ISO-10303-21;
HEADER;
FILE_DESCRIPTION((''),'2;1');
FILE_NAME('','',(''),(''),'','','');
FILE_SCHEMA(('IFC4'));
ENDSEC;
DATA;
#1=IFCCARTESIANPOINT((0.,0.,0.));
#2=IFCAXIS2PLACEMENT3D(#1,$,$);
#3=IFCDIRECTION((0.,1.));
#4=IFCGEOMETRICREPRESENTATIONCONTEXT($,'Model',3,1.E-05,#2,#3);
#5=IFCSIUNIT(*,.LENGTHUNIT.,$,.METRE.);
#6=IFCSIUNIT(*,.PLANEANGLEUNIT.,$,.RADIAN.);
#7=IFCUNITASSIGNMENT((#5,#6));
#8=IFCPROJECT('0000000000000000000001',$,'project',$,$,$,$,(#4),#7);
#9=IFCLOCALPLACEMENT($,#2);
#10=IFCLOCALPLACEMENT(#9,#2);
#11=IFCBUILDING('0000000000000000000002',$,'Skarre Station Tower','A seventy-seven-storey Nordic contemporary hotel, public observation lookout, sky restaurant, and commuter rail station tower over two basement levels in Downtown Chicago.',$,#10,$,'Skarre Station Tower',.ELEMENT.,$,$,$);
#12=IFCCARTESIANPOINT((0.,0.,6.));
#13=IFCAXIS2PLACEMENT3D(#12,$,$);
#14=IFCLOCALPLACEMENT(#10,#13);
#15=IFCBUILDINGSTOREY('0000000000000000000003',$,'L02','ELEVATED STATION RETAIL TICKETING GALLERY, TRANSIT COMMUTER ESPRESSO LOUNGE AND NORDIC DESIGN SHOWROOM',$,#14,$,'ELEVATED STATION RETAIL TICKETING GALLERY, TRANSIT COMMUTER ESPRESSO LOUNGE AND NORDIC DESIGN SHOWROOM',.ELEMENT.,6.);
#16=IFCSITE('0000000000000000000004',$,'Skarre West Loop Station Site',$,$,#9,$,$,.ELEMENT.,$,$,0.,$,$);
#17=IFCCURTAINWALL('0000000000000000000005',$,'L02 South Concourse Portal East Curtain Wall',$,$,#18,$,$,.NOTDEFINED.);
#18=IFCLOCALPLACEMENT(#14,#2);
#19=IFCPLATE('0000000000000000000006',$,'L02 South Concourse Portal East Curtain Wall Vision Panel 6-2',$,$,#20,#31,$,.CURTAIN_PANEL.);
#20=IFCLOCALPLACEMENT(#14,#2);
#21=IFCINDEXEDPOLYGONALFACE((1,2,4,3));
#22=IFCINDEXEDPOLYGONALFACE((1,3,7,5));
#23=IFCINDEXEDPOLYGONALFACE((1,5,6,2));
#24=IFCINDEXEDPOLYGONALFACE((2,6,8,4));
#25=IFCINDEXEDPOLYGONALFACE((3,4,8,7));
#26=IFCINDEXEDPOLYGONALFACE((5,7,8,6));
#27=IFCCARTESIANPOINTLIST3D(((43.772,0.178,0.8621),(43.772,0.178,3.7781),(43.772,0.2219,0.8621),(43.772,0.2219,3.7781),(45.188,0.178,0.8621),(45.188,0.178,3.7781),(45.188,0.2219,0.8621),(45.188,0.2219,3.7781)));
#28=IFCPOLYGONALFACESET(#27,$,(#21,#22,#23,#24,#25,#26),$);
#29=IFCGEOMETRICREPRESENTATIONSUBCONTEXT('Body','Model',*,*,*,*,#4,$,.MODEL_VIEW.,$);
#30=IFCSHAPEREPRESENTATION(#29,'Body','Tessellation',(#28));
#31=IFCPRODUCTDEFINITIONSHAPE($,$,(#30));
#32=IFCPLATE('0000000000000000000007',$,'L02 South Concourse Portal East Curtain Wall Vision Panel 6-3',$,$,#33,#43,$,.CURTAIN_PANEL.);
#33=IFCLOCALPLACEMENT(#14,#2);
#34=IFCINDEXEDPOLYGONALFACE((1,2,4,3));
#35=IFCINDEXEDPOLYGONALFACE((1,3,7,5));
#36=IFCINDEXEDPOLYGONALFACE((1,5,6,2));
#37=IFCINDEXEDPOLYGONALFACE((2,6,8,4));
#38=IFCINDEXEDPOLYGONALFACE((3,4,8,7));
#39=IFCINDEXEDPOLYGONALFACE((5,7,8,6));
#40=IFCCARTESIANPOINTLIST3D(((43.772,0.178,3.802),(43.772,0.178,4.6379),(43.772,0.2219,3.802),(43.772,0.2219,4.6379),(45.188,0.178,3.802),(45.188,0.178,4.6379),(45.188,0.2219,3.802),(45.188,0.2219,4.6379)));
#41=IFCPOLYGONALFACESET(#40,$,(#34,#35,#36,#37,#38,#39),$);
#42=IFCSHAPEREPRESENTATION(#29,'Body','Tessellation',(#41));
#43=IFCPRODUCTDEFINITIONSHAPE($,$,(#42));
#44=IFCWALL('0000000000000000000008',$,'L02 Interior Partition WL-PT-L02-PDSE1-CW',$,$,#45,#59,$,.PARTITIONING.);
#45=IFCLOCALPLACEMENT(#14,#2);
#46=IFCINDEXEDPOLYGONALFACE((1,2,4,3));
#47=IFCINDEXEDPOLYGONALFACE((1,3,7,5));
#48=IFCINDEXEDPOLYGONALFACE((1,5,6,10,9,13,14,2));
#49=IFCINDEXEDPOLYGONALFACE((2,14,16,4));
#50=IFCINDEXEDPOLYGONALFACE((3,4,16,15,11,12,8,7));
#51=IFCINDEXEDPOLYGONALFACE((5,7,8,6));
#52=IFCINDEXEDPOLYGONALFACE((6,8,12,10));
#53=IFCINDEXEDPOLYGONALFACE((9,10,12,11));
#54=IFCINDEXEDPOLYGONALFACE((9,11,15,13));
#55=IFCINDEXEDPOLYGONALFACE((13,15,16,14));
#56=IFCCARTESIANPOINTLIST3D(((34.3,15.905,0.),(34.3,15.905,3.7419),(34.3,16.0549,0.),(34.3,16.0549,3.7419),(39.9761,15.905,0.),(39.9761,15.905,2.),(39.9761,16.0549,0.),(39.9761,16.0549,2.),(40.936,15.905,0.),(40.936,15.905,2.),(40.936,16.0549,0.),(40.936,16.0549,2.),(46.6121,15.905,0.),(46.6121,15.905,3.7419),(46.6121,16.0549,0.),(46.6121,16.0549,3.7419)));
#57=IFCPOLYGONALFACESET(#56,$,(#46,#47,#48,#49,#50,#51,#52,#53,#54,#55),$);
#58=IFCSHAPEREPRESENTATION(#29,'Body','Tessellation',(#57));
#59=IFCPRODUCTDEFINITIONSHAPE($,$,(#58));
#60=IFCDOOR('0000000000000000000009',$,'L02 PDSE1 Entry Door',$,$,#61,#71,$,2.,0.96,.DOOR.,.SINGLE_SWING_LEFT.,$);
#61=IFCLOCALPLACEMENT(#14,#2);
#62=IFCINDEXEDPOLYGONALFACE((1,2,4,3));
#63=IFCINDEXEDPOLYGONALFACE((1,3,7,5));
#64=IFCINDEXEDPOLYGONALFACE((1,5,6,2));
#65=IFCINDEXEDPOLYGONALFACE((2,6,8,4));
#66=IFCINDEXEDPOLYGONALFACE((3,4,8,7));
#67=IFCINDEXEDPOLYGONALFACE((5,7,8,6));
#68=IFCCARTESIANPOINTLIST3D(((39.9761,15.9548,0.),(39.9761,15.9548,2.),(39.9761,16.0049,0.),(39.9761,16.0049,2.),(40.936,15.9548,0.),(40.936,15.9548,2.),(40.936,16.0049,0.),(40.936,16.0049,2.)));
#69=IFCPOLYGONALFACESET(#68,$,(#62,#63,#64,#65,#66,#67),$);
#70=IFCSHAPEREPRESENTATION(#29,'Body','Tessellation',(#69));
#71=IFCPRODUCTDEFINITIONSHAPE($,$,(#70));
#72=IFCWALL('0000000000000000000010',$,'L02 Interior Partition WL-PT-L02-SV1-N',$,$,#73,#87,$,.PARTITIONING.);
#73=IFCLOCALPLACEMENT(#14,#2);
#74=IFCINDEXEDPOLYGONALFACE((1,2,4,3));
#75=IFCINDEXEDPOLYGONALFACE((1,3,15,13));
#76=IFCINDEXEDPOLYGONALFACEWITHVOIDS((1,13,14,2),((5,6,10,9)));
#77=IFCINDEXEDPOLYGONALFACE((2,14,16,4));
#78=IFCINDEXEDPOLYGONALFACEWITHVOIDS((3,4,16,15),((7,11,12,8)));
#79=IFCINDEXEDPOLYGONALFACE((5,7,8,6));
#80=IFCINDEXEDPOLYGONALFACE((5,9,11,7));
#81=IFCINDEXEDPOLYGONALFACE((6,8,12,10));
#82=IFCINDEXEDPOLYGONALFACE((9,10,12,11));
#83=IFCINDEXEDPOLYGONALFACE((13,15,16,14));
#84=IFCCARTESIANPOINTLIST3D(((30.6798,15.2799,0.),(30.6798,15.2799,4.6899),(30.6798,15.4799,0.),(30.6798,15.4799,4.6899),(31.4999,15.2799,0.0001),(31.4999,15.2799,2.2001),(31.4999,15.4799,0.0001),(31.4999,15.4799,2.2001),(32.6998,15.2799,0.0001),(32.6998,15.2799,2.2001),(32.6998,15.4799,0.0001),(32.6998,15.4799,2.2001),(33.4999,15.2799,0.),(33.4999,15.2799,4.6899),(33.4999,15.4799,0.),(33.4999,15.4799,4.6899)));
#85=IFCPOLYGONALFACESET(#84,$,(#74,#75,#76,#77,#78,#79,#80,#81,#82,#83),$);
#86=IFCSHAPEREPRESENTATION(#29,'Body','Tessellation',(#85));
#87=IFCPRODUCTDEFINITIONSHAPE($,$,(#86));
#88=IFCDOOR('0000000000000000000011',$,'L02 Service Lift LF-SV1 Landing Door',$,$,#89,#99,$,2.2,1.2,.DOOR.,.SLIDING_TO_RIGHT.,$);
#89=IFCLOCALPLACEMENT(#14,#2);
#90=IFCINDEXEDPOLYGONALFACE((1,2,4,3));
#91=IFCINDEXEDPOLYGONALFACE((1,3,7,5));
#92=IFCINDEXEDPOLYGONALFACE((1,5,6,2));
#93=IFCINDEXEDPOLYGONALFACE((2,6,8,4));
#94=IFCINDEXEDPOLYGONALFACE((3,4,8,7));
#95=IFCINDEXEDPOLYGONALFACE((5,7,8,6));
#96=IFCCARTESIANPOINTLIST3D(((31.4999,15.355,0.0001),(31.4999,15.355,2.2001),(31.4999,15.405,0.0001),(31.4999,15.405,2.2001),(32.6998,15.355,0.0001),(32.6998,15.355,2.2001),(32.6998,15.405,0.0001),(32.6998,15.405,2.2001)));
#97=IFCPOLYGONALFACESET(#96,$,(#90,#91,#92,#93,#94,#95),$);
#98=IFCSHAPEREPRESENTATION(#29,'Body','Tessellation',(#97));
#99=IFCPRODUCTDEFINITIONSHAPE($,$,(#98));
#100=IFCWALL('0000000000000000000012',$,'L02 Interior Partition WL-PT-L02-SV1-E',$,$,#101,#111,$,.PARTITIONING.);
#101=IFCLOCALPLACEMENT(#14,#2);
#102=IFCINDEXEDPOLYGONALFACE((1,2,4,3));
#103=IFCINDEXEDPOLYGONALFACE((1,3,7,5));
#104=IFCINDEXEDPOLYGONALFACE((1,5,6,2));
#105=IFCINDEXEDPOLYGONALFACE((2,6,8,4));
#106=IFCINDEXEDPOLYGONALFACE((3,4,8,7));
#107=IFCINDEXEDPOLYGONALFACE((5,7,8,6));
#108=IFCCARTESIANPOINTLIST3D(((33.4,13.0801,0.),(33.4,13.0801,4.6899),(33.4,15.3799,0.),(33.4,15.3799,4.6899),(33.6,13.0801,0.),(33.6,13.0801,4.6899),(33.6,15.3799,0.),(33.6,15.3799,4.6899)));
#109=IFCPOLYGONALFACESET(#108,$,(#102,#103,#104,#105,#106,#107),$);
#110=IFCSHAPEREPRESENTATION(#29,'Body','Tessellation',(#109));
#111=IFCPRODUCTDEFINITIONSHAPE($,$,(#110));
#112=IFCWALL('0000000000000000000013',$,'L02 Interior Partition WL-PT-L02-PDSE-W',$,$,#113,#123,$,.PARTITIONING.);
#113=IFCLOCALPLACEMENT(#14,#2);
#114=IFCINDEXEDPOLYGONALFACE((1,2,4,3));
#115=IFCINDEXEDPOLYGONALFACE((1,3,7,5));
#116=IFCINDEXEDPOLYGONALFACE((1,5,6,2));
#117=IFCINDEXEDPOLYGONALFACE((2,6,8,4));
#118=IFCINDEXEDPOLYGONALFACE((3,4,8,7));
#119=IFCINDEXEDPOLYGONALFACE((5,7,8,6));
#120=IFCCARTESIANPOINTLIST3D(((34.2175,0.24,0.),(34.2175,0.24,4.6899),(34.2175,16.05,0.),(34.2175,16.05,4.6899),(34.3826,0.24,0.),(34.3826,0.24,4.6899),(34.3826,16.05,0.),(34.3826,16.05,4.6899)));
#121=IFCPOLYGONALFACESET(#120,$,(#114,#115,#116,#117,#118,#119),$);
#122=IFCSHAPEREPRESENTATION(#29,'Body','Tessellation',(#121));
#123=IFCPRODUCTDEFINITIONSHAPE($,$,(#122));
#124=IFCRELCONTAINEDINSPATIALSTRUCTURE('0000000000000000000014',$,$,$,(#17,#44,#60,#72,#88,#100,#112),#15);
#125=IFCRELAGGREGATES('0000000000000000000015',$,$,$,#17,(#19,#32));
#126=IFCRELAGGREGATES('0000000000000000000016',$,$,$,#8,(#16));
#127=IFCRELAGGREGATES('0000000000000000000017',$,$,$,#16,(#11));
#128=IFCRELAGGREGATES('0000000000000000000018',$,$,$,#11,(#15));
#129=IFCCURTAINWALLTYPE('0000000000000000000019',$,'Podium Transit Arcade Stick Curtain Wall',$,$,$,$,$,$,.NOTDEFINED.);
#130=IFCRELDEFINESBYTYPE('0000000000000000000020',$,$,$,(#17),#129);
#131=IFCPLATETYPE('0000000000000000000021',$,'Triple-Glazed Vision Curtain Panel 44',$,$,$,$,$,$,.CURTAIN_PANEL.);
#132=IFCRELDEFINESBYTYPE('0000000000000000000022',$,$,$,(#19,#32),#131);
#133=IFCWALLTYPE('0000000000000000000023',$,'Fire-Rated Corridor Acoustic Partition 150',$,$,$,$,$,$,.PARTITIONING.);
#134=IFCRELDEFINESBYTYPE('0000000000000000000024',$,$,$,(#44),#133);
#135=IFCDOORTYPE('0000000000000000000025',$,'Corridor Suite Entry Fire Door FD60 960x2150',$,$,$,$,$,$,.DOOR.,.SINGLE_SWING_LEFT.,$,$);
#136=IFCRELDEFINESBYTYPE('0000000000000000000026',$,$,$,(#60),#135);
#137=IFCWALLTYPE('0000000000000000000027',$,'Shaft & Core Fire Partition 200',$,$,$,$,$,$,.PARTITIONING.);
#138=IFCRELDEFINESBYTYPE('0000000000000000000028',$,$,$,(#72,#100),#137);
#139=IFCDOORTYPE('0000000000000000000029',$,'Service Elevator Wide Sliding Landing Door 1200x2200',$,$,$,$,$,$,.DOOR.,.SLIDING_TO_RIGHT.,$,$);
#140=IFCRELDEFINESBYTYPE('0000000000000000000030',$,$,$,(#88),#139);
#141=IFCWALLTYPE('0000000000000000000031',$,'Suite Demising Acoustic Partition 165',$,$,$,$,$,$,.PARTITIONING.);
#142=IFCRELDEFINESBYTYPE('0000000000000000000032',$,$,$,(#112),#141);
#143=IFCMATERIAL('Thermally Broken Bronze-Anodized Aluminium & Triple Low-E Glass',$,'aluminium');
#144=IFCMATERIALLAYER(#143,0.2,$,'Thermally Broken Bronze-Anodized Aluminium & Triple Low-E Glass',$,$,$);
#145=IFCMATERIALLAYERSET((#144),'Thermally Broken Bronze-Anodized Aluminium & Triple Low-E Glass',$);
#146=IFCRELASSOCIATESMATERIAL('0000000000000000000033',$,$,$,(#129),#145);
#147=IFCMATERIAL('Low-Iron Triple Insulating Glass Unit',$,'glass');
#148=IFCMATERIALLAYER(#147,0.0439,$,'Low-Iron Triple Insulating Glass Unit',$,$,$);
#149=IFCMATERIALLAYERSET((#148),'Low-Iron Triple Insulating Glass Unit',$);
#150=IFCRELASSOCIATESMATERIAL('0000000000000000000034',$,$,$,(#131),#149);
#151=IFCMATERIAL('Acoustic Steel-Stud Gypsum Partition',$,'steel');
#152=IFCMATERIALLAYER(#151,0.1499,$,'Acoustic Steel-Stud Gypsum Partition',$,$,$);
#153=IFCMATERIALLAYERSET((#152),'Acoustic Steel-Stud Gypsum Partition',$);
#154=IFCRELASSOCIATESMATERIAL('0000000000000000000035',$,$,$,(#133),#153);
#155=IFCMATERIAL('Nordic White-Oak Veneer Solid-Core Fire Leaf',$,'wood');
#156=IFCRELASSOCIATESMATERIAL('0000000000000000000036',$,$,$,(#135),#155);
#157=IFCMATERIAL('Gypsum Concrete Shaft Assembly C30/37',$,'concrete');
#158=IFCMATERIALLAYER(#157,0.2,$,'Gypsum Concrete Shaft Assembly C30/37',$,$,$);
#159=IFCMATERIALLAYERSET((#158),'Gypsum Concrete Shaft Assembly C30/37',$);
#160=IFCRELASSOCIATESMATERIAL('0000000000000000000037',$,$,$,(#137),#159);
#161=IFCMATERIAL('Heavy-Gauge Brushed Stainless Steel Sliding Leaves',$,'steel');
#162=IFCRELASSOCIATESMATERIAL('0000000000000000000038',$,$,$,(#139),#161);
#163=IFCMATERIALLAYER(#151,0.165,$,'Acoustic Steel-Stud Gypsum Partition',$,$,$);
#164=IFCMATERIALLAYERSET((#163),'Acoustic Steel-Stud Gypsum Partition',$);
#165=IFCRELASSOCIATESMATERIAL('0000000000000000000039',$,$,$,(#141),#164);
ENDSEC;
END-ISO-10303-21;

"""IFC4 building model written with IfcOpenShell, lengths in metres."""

from ifc_helpers import new_model, si_unit, direction, frame, frame_2d, origin, origin_2d, place, context, subcontext, project, spatial, rectangle, extrude, material, layer, layer_set, type_object, element, fill, aggregate, save


model = new_model("IFC4")

# Units and contexts
model_context = context("Model", 3, precision=1e-05, world=origin(), true_north=direction((0.0, 1.0)))
body_context = subcontext(model_context, "Body", "Model", "MODEL_VIEW")
ifc_project = project(units=[si_unit("LENGTHUNIT", "METRE"), si_unit("PLANEANGLEUNIT", "RADIAN")], contexts=[model_context])

# Site, building, storey
site_placement = place(None, origin())
site = spatial("IfcSite", under=ifc_project, at=site_placement, Name="Skarre West Loop Station Site", CompositionType="ELEMENT", RefElevation=0.0)
building_placement = place(site_placement, origin())
building = spatial("IfcBuilding", under=site, at=building_placement, Name="Skarre Station Tower", Description="A seventy-seven-storey Nordic contemporary hotel, public observation lookout, sky restaurant, and commuter rail station tower over two basement levels in Downtown Chicago.", LongName="Skarre Station Tower", CompositionType="ELEMENT")
storey_placement = place(building_placement, frame((0.0, 0.0, 6.0)))
storey = spatial("IfcBuildingStorey", under=building, at=storey_placement, Name="L02", Description="ELEVATED STATION RETAIL TICKETING GALLERY, TRANSIT COMMUTER ESPRESSO LOUNGE AND NORDIC DESIGN SHOWROOM", LongName="ELEVATED STATION RETAIL TICKETING GALLERY, TRANSIT COMMUTER ESPRESSO LOUNGE AND NORDIC DESIGN SHOWROOM", CompositionType="ELEMENT", Elevation=6.0)

# Curtain wall
ifc_material_1 = material(Name="Thermally Broken Bronze-Anodized Aluminium & Triple Low-E Glass", Category="aluminium")
ifc_layer_1 = layer(ifc_material_1, 0.2, Name="Thermally Broken Bronze-Anodized Aluminium & Triple Low-E Glass")
ifc_layer_set_1 = layer_set([ifc_layer_1], Name="Thermally Broken Bronze-Anodized Aluminium & Triple Low-E Glass")
curtain_wall_type = type_object("IfcCurtainWallType", Name="Podium Transit Arcade Stick Curtain Wall", PredefinedType="NOTDEFINED", material=ifc_layer_set_1)
curtain_wall_placement = place(storey_placement, origin())
curtain_wall = element("IfcCurtainWall", 1, at=curtain_wall_placement, inside=storey, type_object=curtain_wall_type, Name="L02 South Concourse Portal East Curtain Wall", PredefinedType="NOTDEFINED")

# Plates
ifc_material_2 = material(Name="Low-Iron Triple Insulating Glass Unit", Category="glass")
ifc_layer_2 = layer(ifc_material_2, 0.0439, Name="Low-Iron Triple Insulating Glass Unit")
ifc_layer_set_2 = layer_set([ifc_layer_2], Name="Low-Iron Triple Insulating Glass Unit")
plate_type_1 = type_object("IfcPlateType", Name="Triple-Glazed Vision Curtain Panel 44", PredefinedType="CURTAIN_PANEL", material=ifc_layer_set_2)
plate_1_placement = place(storey_placement, frame((44.48, 0.2, 0.8621), z_axis=(0.0, 0.0, 1.0), x_axis=(-1.0, 0.0, 0.0)))
plate_1 = element("IfcPlate", 2, at=plate_1_placement, type_object=plate_type_1, Name="L02 South Concourse Portal East Curtain Wall Vision Panel 6-2", PredefinedType="CURTAIN_PANEL", context=body_context, shape_type="SweptSolid", body=[
    extrude(rectangle(XDim=1.416, YDim=0.0439, at=origin_2d()), origin(), (0.0, 0.0, 1.0), 2.916),
])
plate_2_placement = place(storey_placement, frame((44.48, 0.2, 3.802), z_axis=(0.0, 0.0, 1.0), x_axis=(-1.0, 0.0, 0.0)))
plate_2 = element("IfcPlate", 3, at=plate_2_placement, type_object=plate_type_1, Name="L02 South Concourse Portal East Curtain Wall Vision Panel 6-3", PredefinedType="CURTAIN_PANEL", context=body_context, shape_type="SweptSolid", body=[
    extrude(rectangle(XDim=1.416, YDim=0.0439, at=origin_2d()), origin(), (0.0, 0.0, 1.0), 0.8359),
])
aggregate(curtain_wall, [plate_1, plate_2])

# Walls, openings, doors
ifc_material_3 = material(Name="Acoustic Steel-Stud Gypsum Partition", Category="steel")
ifc_layer_3 = layer(ifc_material_3, 0.1499, Name="Acoustic Steel-Stud Gypsum Partition")
ifc_layer_set_3 = layer_set([ifc_layer_3], Name="Acoustic Steel-Stud Gypsum Partition")
wall_type_1 = type_object("IfcWallType", Name="Fire-Rated Corridor Acoustic Partition 150", PredefinedType="PARTITIONING", material=ifc_layer_set_3)
wall_1_placement = place(storey_placement, frame((34.3, 15.98, 0.0), z_axis=(0.0, 0.0, 1.0), x_axis=(1.0, 0.0, 0.0)))
wall_1 = element("IfcWall", 4, at=wall_1_placement, inside=storey, type_object=wall_type_1, Name="L02 Interior Partition WL-PT-L02-PDSE1-CW", PredefinedType="PARTITIONING", context=body_context, shape_type="SweptSolid", body=[
    extrude(rectangle(XDim=12.312, YDim=0.1499, at=frame_2d((6.156, 0.0))), origin(), (0.0, 0.0, 1.0), 3.7419),
])
opening_1_placement = place(wall_1_placement, frame((5.676, 0.0, 0.0)))
opening_1 = element("IfcOpeningElement", 5, at=opening_1_placement, cuts=wall_1, PredefinedType="OPENING", context=body_context, shape_type="SweptSolid", body=[
    extrude(rectangle(XDim=0.96, YDim=2.0, at=frame_2d((0.48, 1.0))), frame((0.0, 0.085, 0.0), z_axis=(0.0, -1.0, 0.0), x_axis=(1.0, 0.0, 0.0)), (0.0, 0.0, 1.0), 0.1699),
])
ifc_material_4 = material(Name="Nordic White-Oak Veneer Solid-Core Fire Leaf", Category="wood")
door_type_1 = type_object("IfcDoorType", Name="Corridor Suite Entry Fire Door FD60 960x2150", OperationType="SINGLE_SWING_LEFT", PredefinedType="DOOR", material=ifc_material_4)
door_1_placement = place(opening_1_placement, origin())
door_1 = element("IfcDoor", 6, at=door_1_placement, inside=storey, type_object=door_type_1, Name="L02 PDSE1 Entry Door", OperationType="SINGLE_SWING_LEFT", OverallHeight=2.0, OverallWidth=0.96, PredefinedType="DOOR", context=body_context, shape_type="SweptSolid", body=[
    extrude(rectangle(XDim=0.96, YDim=2.0, at=frame_2d((0.48, 1.0))), frame((0.0, 0.0249, 0.0), z_axis=(0.0, -1.0, 0.0), x_axis=(1.0, 0.0, 0.0)), (0.0, 0.0, 1.0), 0.05),
])
fill(opening_1, door_1)
ifc_material_5 = material(Name="Gypsum Concrete Shaft Assembly C30/37", Category="concrete")
ifc_layer_4 = layer(ifc_material_5, 0.2, Name="Gypsum Concrete Shaft Assembly C30/37")
ifc_layer_set_4 = layer_set([ifc_layer_4], Name="Gypsum Concrete Shaft Assembly C30/37")
wall_type_2 = type_object("IfcWallType", Name="Shaft & Core Fire Partition 200", PredefinedType="PARTITIONING", material=ifc_layer_set_4)
wall_2_placement = place(storey_placement, frame((33.5, 15.3799, 0.0), z_axis=(0.0, 0.0, 1.0), x_axis=(-1.0, 0.0, 0.0)))
wall_2 = element("IfcWall", 7, at=wall_2_placement, inside=storey, type_object=wall_type_2, Name="L02 Interior Partition WL-PT-L02-SV1-N", PredefinedType="PARTITIONING", context=body_context, shape_type="SweptSolid", body=[
    extrude(rectangle(XDim=2.8201, YDim=0.2, at=frame_2d((1.4102, 0.0))), origin(), (0.0, 0.0, 1.0), 4.6899),
])
opening_2_placement = place(wall_2_placement, frame((0.8, 0.0, 0.0)))
opening_2 = element("IfcOpeningElement", 8, at=opening_2_placement, cuts=wall_2, PredefinedType="OPENING", context=body_context, shape_type="SweptSolid", body=[
    extrude(rectangle(XDim=1.2, YDim=2.2, at=frame_2d((0.6001, 1.1001))), frame((0.0, 0.1099, 0.0), z_axis=(0.0, -1.0, 0.0), x_axis=(1.0, 0.0, 0.0)), (0.0, 0.0, 1.0), 0.22),
])
ifc_material_6 = material(Name="Heavy-Gauge Brushed Stainless Steel Sliding Leaves", Category="steel")
door_type_2 = type_object("IfcDoorType", Name="Service Elevator Wide Sliding Landing Door 1200x2200", OperationType="SLIDING_TO_RIGHT", PredefinedType="DOOR", material=ifc_material_6)
door_2_placement = place(opening_2_placement, origin())
door_2 = element("IfcDoor", 9, at=door_2_placement, inside=storey, type_object=door_type_2, Name="L02 Service Lift LF-SV1 Landing Door", OperationType="SLIDING_TO_RIGHT", OverallHeight=2.2, OverallWidth=1.2, PredefinedType="DOOR", context=body_context, shape_type="SweptSolid", body=[
    extrude(rectangle(XDim=1.2, YDim=2.2, at=frame_2d((0.6001, 1.1001))), frame((0.0, 0.0249, 0.0), z_axis=(0.0, -1.0, 0.0), x_axis=(1.0, 0.0, 0.0)), (0.0, 0.0, 1.0), 0.05),
])
fill(opening_2, door_2)

# Walls
wall_3_placement = place(storey_placement, frame((33.5, 13.0801, 0.0), z_axis=(0.0, 0.0, 1.0), x_axis=(0.0, 1.0, 0.0)))
element("IfcWall", 10, at=wall_3_placement, inside=storey, type_object=wall_type_2, Name="L02 Interior Partition WL-PT-L02-SV1-E", PredefinedType="PARTITIONING", context=body_context, shape_type="SweptSolid", body=[
    extrude(rectangle(XDim=2.2998, YDim=0.2, at=frame_2d((1.1499, 0.0))), origin(), (0.0, 0.0, 1.0), 4.6899),
])
ifc_layer_5 = layer(ifc_material_3, 0.165, Name="Acoustic Steel-Stud Gypsum Partition")
ifc_layer_set_5 = layer_set([ifc_layer_5], Name="Acoustic Steel-Stud Gypsum Partition")
wall_type_3 = type_object("IfcWallType", Name="Suite Demising Acoustic Partition 165", PredefinedType="PARTITIONING", material=ifc_layer_set_5)
wall_4_placement = place(storey_placement, frame((34.3, 0.24, 0.0), z_axis=(0.0, 0.0, 1.0), x_axis=(0.0, 1.0, 0.0)))
element("IfcWall", 11, at=wall_4_placement, inside=storey, type_object=wall_type_3, Name="L02 Interior Partition WL-PT-L02-PDSE-W", PredefinedType="PARTITIONING", context=body_context, shape_type="SweptSolid", body=[
    extrude(rectangle(XDim=15.8101, YDim=0.165, at=frame_2d((7.905, 0.0))), origin(), (0.0, 0.0, 1.0), 4.6899),
])

save(model, "model.ifc")
